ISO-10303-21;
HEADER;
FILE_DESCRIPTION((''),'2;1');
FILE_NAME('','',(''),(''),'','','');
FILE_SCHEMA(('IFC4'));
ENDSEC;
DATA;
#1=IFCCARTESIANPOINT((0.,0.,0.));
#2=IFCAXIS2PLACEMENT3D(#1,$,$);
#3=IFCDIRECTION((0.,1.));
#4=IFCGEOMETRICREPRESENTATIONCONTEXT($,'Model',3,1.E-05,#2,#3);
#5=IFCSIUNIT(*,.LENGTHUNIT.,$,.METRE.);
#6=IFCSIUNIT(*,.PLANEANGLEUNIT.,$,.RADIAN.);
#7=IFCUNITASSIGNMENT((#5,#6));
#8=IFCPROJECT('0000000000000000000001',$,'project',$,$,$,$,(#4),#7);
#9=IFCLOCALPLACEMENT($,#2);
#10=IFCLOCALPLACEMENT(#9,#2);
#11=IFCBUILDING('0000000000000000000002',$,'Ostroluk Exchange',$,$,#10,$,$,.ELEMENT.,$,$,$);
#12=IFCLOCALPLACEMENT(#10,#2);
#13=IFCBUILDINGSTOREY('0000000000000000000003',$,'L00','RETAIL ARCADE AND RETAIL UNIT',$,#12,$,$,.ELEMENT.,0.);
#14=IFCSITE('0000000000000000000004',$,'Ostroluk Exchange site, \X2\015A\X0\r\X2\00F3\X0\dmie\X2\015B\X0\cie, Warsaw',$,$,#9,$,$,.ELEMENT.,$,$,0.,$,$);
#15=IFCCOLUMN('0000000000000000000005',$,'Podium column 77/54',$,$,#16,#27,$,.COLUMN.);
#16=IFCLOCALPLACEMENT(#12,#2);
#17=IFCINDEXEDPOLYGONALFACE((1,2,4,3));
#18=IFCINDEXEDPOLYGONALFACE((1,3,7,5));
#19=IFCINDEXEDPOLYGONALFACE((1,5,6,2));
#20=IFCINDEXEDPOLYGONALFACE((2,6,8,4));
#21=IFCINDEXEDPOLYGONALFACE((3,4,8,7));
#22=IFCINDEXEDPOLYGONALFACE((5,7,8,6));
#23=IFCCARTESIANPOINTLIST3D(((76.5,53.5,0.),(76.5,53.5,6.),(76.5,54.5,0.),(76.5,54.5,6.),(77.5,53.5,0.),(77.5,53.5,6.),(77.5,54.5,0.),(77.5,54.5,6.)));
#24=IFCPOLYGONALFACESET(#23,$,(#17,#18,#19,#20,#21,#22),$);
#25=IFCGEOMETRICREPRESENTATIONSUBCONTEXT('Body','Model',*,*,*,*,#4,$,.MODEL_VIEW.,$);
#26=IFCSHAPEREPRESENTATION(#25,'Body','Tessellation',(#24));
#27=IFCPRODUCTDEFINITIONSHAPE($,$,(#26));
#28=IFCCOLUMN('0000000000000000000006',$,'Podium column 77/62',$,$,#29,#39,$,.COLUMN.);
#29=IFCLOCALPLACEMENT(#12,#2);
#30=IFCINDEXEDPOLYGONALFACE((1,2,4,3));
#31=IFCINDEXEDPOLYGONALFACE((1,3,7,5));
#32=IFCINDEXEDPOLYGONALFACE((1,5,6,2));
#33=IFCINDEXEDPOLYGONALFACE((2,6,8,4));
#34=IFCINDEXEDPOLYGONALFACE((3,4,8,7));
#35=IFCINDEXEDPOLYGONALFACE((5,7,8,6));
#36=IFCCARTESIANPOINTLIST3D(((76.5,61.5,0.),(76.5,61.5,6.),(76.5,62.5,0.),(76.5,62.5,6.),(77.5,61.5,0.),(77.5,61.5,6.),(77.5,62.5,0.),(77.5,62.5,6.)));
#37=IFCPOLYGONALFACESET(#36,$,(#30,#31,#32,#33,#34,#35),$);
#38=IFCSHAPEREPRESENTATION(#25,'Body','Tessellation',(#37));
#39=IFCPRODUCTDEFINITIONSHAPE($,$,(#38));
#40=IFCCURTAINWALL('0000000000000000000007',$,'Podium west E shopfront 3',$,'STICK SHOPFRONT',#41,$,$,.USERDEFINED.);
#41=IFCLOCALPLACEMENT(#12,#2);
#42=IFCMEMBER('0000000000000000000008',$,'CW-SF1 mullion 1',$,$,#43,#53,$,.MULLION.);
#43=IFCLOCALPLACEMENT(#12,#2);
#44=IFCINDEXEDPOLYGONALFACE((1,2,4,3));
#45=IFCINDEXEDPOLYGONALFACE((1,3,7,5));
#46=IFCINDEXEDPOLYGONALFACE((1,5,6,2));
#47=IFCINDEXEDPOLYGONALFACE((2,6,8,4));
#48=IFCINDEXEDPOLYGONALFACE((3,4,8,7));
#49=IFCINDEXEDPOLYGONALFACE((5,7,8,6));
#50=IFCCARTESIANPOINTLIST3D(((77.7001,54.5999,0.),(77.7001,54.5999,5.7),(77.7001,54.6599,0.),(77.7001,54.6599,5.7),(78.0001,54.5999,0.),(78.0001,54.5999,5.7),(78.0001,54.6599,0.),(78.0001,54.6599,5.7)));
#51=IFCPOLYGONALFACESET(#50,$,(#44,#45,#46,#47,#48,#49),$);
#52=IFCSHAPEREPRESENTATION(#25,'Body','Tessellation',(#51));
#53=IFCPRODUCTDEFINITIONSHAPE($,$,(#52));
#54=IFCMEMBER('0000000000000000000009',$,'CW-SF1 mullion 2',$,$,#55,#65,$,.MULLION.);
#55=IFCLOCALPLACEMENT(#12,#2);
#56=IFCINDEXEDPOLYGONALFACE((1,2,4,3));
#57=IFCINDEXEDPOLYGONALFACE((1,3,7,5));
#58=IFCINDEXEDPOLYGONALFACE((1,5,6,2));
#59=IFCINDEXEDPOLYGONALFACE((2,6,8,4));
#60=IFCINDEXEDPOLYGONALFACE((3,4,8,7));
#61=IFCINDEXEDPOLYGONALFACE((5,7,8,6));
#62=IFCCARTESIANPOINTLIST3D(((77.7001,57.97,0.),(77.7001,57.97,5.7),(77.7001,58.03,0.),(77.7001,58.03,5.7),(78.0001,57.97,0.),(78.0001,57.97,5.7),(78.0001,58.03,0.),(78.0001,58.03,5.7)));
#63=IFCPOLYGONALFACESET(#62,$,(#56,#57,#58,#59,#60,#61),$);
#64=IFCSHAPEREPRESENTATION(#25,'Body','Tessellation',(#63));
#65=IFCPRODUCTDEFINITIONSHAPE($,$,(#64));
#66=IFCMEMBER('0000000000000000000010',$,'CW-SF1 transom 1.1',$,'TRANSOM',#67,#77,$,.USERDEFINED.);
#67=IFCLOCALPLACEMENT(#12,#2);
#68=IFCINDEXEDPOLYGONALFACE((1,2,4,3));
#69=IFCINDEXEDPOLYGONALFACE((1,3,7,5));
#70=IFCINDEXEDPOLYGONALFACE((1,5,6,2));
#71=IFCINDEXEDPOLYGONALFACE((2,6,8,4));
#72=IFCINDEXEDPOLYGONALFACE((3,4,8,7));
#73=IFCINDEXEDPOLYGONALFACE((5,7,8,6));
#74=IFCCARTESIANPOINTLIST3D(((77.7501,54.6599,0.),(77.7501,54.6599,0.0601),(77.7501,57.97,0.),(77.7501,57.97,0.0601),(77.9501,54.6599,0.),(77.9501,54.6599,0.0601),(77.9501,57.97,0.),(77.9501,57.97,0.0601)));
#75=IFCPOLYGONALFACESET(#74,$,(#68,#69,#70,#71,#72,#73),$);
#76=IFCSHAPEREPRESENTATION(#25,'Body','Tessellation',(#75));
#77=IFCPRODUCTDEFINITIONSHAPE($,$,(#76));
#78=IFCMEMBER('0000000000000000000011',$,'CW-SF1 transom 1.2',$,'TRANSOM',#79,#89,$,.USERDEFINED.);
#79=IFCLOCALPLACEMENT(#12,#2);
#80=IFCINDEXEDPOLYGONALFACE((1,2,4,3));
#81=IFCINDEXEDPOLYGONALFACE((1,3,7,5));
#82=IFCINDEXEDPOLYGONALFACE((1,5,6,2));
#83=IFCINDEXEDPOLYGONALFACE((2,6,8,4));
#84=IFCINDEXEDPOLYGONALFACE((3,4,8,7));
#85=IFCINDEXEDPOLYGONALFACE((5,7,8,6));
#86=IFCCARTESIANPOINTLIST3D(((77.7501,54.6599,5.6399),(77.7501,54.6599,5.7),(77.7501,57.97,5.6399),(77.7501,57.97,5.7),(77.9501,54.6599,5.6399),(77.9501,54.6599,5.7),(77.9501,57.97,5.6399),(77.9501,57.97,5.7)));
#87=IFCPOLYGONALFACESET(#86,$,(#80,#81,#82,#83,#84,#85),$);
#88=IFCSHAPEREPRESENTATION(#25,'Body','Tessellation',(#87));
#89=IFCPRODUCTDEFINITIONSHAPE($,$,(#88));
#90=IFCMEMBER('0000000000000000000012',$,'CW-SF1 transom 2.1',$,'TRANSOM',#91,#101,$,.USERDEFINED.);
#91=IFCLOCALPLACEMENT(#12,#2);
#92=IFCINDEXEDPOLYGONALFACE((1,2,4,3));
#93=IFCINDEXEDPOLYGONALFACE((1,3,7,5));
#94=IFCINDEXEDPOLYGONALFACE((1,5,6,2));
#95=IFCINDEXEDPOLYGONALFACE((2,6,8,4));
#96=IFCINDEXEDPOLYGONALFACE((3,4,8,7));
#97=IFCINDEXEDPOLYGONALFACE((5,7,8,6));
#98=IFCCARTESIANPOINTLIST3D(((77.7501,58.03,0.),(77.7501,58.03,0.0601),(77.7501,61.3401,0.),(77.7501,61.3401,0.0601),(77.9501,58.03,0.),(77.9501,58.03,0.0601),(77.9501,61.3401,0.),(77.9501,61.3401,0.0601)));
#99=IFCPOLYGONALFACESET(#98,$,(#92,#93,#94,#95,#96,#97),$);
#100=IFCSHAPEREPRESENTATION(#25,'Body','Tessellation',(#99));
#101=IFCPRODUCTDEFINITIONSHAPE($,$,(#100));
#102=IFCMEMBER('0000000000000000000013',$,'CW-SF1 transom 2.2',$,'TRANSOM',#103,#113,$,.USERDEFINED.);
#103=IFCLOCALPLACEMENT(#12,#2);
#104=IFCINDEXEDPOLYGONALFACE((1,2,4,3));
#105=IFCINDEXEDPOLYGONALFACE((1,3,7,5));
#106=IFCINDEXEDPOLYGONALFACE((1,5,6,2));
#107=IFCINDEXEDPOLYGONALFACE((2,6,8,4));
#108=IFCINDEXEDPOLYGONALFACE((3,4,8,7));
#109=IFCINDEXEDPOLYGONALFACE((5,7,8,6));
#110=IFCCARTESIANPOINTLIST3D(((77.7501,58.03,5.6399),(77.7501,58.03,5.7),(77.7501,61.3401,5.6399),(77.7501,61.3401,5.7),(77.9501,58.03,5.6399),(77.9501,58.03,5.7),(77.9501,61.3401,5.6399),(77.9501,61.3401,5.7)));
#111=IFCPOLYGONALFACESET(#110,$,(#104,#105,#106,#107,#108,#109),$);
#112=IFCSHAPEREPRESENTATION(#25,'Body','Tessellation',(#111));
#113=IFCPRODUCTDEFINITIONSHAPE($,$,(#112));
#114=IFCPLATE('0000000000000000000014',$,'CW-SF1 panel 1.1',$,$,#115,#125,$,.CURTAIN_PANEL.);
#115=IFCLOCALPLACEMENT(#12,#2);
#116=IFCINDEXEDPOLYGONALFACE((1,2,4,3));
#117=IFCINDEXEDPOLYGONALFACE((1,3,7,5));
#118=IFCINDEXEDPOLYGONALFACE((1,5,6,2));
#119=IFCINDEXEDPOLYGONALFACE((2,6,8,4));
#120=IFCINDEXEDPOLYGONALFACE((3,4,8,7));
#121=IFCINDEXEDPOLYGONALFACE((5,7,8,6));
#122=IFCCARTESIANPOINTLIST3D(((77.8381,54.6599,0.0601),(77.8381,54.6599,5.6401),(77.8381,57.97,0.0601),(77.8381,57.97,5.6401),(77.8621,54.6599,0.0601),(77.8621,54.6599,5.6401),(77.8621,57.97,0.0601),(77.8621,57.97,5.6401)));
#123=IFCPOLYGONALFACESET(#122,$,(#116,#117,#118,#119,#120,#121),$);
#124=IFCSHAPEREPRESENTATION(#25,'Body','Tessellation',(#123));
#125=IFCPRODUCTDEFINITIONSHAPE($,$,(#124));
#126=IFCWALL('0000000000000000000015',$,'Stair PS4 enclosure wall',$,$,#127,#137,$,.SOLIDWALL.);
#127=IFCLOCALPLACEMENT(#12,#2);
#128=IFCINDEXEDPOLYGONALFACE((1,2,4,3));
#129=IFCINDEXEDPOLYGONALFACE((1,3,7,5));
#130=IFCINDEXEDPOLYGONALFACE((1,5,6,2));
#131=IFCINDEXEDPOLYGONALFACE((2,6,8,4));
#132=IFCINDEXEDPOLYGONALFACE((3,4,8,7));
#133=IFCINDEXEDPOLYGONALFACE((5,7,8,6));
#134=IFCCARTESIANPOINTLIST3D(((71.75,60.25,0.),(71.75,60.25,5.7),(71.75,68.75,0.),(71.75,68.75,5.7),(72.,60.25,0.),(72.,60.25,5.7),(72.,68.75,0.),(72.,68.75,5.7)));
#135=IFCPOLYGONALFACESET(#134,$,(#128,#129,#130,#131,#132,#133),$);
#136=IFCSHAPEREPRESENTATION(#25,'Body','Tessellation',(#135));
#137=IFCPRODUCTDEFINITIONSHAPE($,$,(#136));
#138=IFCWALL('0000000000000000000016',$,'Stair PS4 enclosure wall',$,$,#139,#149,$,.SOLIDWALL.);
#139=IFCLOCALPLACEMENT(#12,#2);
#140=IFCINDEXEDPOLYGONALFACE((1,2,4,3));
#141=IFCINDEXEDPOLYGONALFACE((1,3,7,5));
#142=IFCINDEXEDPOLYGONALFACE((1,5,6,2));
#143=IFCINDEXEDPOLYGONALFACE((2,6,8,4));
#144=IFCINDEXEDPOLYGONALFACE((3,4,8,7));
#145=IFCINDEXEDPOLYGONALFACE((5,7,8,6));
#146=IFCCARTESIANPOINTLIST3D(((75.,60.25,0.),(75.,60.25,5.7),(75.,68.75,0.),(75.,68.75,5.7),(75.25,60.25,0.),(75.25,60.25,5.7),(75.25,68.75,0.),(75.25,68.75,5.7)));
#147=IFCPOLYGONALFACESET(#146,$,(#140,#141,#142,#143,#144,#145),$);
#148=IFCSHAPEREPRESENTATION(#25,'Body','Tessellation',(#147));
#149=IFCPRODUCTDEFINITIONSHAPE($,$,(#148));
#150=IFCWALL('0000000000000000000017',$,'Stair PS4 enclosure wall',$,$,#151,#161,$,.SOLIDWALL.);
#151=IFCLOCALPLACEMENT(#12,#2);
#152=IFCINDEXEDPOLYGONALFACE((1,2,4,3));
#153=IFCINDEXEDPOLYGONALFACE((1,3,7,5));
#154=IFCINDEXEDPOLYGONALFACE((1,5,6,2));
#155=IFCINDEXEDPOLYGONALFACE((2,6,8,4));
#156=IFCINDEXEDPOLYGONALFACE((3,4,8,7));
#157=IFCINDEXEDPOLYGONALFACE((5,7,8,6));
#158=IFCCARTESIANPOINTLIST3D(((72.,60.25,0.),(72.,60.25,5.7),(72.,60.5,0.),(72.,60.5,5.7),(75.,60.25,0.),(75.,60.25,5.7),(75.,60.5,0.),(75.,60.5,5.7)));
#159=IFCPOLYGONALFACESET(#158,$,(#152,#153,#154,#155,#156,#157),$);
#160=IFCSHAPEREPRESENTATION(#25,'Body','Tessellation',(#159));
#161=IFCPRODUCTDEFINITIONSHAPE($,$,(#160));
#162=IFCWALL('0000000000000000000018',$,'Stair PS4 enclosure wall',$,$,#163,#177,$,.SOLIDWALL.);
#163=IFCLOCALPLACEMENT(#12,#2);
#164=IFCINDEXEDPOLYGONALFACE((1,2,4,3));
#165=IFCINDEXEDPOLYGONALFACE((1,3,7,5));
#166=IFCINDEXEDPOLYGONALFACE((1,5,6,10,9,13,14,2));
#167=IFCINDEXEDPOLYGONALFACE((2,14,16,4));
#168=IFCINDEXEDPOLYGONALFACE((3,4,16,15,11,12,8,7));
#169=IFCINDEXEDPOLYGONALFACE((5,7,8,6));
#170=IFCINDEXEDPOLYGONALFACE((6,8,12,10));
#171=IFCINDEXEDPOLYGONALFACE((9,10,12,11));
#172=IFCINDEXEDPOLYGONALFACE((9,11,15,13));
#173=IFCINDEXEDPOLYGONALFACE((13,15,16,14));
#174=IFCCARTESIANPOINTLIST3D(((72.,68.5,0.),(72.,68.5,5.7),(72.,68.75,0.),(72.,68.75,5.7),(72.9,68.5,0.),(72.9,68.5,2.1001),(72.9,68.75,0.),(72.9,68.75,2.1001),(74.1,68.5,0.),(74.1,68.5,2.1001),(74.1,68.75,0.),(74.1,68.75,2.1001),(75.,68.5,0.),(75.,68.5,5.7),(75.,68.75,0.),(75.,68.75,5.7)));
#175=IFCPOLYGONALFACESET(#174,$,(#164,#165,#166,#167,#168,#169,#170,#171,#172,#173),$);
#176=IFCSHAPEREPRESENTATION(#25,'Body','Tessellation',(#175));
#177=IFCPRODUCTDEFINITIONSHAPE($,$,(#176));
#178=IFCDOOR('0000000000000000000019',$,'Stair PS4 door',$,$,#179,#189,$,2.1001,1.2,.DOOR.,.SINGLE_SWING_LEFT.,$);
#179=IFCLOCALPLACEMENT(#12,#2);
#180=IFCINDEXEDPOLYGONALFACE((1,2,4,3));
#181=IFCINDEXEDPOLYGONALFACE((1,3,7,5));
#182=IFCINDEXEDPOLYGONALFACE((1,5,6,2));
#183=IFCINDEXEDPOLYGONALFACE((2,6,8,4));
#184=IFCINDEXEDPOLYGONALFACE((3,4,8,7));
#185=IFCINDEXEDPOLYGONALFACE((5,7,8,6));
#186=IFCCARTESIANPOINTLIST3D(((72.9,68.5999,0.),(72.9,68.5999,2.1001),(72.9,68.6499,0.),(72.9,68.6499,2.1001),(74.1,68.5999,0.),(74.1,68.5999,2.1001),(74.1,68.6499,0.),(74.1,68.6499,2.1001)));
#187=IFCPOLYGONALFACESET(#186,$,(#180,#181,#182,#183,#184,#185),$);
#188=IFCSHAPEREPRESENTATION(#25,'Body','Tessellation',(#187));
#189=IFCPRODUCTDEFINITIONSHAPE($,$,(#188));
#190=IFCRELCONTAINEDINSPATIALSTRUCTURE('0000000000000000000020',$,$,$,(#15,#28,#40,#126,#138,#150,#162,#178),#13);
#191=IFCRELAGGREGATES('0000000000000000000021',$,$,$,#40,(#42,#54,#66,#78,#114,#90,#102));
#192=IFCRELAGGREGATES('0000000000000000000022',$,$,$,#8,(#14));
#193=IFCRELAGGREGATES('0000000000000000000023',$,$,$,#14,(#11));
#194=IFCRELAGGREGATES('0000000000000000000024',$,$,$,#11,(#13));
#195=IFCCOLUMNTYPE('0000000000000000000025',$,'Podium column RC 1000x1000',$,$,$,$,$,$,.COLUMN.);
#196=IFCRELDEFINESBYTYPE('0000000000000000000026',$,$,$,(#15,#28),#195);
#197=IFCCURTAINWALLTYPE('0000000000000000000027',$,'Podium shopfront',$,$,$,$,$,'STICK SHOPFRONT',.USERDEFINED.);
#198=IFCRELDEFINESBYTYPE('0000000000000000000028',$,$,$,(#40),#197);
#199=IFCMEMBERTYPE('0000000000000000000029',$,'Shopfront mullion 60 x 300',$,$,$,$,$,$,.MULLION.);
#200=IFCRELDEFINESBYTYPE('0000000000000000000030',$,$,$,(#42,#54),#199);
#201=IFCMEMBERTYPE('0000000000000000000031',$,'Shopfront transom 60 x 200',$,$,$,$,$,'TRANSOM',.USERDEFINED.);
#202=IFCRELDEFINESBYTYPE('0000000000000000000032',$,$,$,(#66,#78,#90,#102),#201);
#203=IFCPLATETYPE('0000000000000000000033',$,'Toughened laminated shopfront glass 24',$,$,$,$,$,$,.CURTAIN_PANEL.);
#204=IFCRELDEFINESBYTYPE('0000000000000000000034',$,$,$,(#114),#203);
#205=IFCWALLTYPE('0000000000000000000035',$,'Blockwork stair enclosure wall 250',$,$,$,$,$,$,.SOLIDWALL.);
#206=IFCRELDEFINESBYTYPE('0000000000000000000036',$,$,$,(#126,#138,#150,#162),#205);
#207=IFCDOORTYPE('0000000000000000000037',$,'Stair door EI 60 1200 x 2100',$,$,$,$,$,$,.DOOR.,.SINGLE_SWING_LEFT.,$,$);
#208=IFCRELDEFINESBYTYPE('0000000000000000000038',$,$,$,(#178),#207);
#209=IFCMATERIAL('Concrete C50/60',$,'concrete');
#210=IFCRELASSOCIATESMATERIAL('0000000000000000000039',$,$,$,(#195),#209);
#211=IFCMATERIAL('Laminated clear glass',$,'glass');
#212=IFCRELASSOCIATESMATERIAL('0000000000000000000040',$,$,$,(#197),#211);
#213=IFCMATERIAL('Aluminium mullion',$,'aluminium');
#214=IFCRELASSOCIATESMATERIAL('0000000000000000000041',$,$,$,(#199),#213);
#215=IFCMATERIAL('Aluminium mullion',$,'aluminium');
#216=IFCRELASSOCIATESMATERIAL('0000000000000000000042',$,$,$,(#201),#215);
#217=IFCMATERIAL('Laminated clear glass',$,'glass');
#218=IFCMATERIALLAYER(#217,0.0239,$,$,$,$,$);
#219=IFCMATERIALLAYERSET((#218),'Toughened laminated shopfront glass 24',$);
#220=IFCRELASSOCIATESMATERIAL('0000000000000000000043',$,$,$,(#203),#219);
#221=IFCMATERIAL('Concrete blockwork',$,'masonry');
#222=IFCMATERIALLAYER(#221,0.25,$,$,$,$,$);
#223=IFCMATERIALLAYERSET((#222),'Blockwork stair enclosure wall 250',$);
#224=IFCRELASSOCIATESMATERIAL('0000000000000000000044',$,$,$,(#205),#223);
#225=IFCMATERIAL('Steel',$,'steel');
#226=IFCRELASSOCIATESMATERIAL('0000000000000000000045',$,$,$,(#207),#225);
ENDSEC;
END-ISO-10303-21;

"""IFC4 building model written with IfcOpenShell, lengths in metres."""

from ifc_helpers import new_model, si_unit, direction, frame, frame_2d, origin, origin_2d, place, context, subcontext, project, spatial, rectangle, extrude, material, layer, layer_set, material_profile, profile_set, type_object, element, fill, aggregate, save


model = new_model("IFC4")

# Units and contexts
model_context = context("Model", 3, precision=1e-05, world=origin(), true_north=direction((0.0, 1.0)))
body_context = subcontext(model_context, "Body", "Model", "MODEL_VIEW")
ifc_project = project(units=[si_unit("LENGTHUNIT", "METRE"), si_unit("PLANEANGLEUNIT", "RADIAN")], contexts=[model_context])

# Site, building, storey
site_placement = place(None, origin())
site = spatial("IfcSite", under=ifc_project, at=site_placement, Name="Ostroluk Exchange site, Śródmieście, Warsaw", CompositionType="ELEMENT", RefElevation=0.0)
building_placement = place(site_placement, origin())
building = spatial("IfcBuilding", under=site, at=building_placement, Name="Ostroluk Exchange", CompositionType="ELEMENT")
storey_placement = place(building_placement, origin())
storey = spatial("IfcBuildingStorey", under=building, at=storey_placement, Name="L00", Description="RETAIL ARCADE AND RETAIL UNIT", CompositionType="ELEMENT", Elevation=0.0)

# Columns
ifc_material_1 = material(Name="Concrete C50/60", Category="concrete")
ifc_material_profile_1 = material_profile(ifc_material_1, rectangle(XDim=1.0, YDim=1.0, at=origin_2d()), Name="RC 1000x1000")
ifc_profile_set_1 = profile_set([ifc_material_profile_1], Name="Concrete C50/60")
column_type = type_object("IfcColumnType", Name="Podium column RC 1000x1000", PredefinedType="COLUMN", material=ifc_profile_set_1)
for number, where, z_axis, x_axis, name in (
    (1, (77.0, 54.0, 0.0), (0.0, 0.0, 1.0), (1.0, 0.0, 0.0), "Podium column 77/54"),
    (2, (77.0, 62.0, 0.0), (0.0, 0.0, 1.0), (1.0, 0.0, 0.0), "Podium column 77/62"),
):
    element("IfcColumn", number, at=place(storey_placement, frame(where, z_axis=z_axis, x_axis=x_axis)), inside=storey, type_object=column_type, Name=name, PredefinedType="COLUMN", context=body_context, shape_type="SweptSolid", body=[
        extrude(rectangle(XDim=1.0, YDim=1.0, at=origin_2d()), origin(), (0.0, 0.0, 1.0), 6.0),
    ])

# Curtain wall, members, plate
ifc_material_2 = material(Name="Laminated clear glass", Category="glass")
curtain_wall_type = type_object("IfcCurtainWallType", Name="Podium shopfront", ElementType="STICK SHOPFRONT", PredefinedType="USERDEFINED", material=ifc_material_2)
curtain_wall_placement = place(storey_placement, origin())
curtain_wall = element("IfcCurtainWall", 3, at=curtain_wall_placement, inside=storey, type_object=curtain_wall_type, Name="Podium west E shopfront 3", ObjectType="STICK SHOPFRONT", PredefinedType="USERDEFINED")
ifc_material_3 = material(Name="Aluminium mullion", Category="aluminium")
ifc_material_profile_2 = material_profile(ifc_material_3, rectangle(XDim=0.3, YDim=0.0601, at=origin_2d()), Name="Shopfront mullion 60 x 300")
ifc_profile_set_2 = profile_set([ifc_material_profile_2], Name="Aluminium mullion")
member_type_1 = type_object("IfcMemberType", Name="Shopfront mullion 60 x 300", PredefinedType="MULLION", material=ifc_profile_set_2)
member_1_placement = place(storey_placement, frame((77.8501, 54.6299, 0.0), z_axis=(0.0, 0.0, 1.0), x_axis=(-1.0, 0.0, 0.0)))
member_1 = element("IfcMember", 4, at=member_1_placement, type_object=member_type_1, Name="CW-SF1 mullion 1", PredefinedType="MULLION", context=body_context, shape_type="SweptSolid", body=[
    extrude(rectangle(XDim=0.3, YDim=0.0601, at=origin_2d()), origin(), (0.0, 0.0, 1.0), 5.7),
])
member_2_placement = place(storey_placement, frame((77.8501, 58.0, 0.0), z_axis=(0.0, 0.0, 1.0), x_axis=(-1.0, 0.0, 0.0)))
member_2 = element("IfcMember", 5, at=member_2_placement, type_object=member_type_1, Name="CW-SF1 mullion 2", PredefinedType="MULLION", context=body_context, shape_type="SweptSolid", body=[
    extrude(rectangle(XDim=0.3, YDim=0.0601, at=origin_2d()), origin(), (0.0, 0.0, 1.0), 5.7),
])
ifc_material_4 = material(Name="Aluminium mullion", Category="aluminium")
ifc_material_profile_3 = material_profile(ifc_material_4, rectangle(XDim=0.2, YDim=0.0601, at=origin_2d()), Name="Shopfront transom 60 x 200")
ifc_profile_set_3 = profile_set([ifc_material_profile_3], Name="Aluminium mullion")
member_type_2 = type_object("IfcMemberType", Name="Shopfront transom 60 x 200", ElementType="TRANSOM", PredefinedType="USERDEFINED", material=ifc_profile_set_3)
member_3_placement = place(storey_placement, frame((77.8501, 54.6599, 0.03), z_axis=(0.0, 1.0, 0.0), x_axis=(-1.0, 0.0, 0.0)))
member_3 = element("IfcMember", 6, at=member_3_placement, type_object=member_type_2, Name="CW-SF1 transom 1.1", ObjectType="TRANSOM", PredefinedType="USERDEFINED", context=body_context, shape_type="SweptSolid", body=[
    extrude(rectangle(XDim=0.2, YDim=0.0601, at=origin_2d()), origin(), (0.0, 0.0, 1.0), 3.3101),
])
member_4_placement = place(storey_placement, frame((77.8501, 54.6599, 5.6699), z_axis=(0.0, 1.0, 0.0), x_axis=(-1.0, 0.0, 0.0)))
member_4 = element("IfcMember", 7, at=member_4_placement, type_object=member_type_2, Name="CW-SF1 transom 1.2", ObjectType="TRANSOM", PredefinedType="USERDEFINED", context=body_context, shape_type="SweptSolid", body=[
    extrude(rectangle(XDim=0.2, YDim=0.0601, at=origin_2d()), origin(), (0.0, 0.0, 1.0), 3.3101),
])
member_5_placement = place(storey_placement, frame((77.8501, 58.03, 0.03), z_axis=(0.0, 1.0, 0.0), x_axis=(-1.0, 0.0, 0.0)))
member_5 = element("IfcMember", 8, at=member_5_placement, type_object=member_type_2, Name="CW-SF1 transom 2.1", ObjectType="TRANSOM", PredefinedType="USERDEFINED", context=body_context, shape_type="SweptSolid", body=[
    extrude(rectangle(XDim=0.2, YDim=0.0601, at=origin_2d()), origin(), (0.0, 0.0, 1.0), 3.3101),
])
member_6_placement = place(storey_placement, frame((77.8501, 58.03, 5.6699), z_axis=(0.0, 1.0, 0.0), x_axis=(-1.0, 0.0, 0.0)))
member_6 = element("IfcMember", 9, at=member_6_placement, type_object=member_type_2, Name="CW-SF1 transom 2.2", ObjectType="TRANSOM", PredefinedType="USERDEFINED", context=body_context, shape_type="SweptSolid", body=[
    extrude(rectangle(XDim=0.2, YDim=0.0601, at=origin_2d()), origin(), (0.0, 0.0, 1.0), 3.3101),
])
ifc_material_5 = material(Name="Laminated clear glass", Category="glass")
ifc_layer_1 = layer(ifc_material_5, 0.0239)
ifc_layer_set_1 = layer_set([ifc_layer_1], Name="Toughened laminated shopfront glass 24")
plate_type = type_object("IfcPlateType", Name="Toughened laminated shopfront glass 24", PredefinedType="CURTAIN_PANEL", material=ifc_layer_set_1)
plate_placement = place(storey_placement, frame((77.8501, 56.3149, 0.0601), z_axis=(0.0, 0.0, 1.0), x_axis=(0.0, 1.0, 0.0)))
plate = element("IfcPlate", 10, at=plate_placement, type_object=plate_type, Name="CW-SF1 panel 1.1", PredefinedType="CURTAIN_PANEL", context=body_context, shape_type="SweptSolid", body=[
    extrude(rectangle(XDim=3.3101, YDim=0.0239, at=origin_2d()), origin(), (0.0, 0.0, 1.0), 5.5801),
])
aggregate(curtain_wall, [member_1, member_2, member_3, member_4, plate, member_5, member_6])

# Walls
ifc_material_6 = material(Name="Concrete blockwork", Category="masonry")
ifc_layer_2 = layer(ifc_material_6, 0.25)
ifc_layer_set_2 = layer_set([ifc_layer_2], Name="Blockwork stair enclosure wall 250")
wall_type = type_object("IfcWallType", Name="Blockwork stair enclosure wall 250", PredefinedType="SOLIDWALL", material=ifc_layer_set_2)
for number, where, z_axis, x_axis, name in (
    (11, (71.875, 60.25, 0.0), (0.0, 0.0, 1.0), (0.0, 1.0, 0.0), "Stair PS4 enclosure wall"),
    (12, (75.125, 60.25, 0.0), (0.0, 0.0, 1.0), (0.0, 1.0, 0.0), "Stair PS4 enclosure wall"),
):
    element("IfcWall", number, at=place(storey_placement, frame(where, z_axis=z_axis, x_axis=x_axis)), inside=storey, type_object=wall_type, Name=name, PredefinedType="SOLIDWALL", context=body_context, shape_type="SweptSolid", body=[
        extrude(rectangle(XDim=8.5, YDim=0.25, at=frame_2d((4.25, 0.0))), origin(), (0.0, 0.0, 1.0), 5.7),
    ])
wall_1_placement = place(storey_placement, frame((72.0, 60.375, 0.0), z_axis=(0.0, 0.0, 1.0), x_axis=(1.0, 0.0, 0.0)))
element("IfcWall", 13, at=wall_1_placement, inside=storey, type_object=wall_type, Name="Stair PS4 enclosure wall", PredefinedType="SOLIDWALL", context=body_context, shape_type="SweptSolid", body=[
    extrude(rectangle(XDim=3.0, YDim=0.25, at=frame_2d((1.5, 0.0))), origin(), (0.0, 0.0, 1.0), 5.7),
])

# Wall, opening, door
wall_2_placement = place(storey_placement, frame((72.0, 68.625, 0.0), z_axis=(0.0, 0.0, 1.0), x_axis=(1.0, 0.0, 0.0)))
wall_2 = element("IfcWall", 14, at=wall_2_placement, inside=storey, type_object=wall_type, Name="Stair PS4 enclosure wall", PredefinedType="SOLIDWALL", context=body_context, shape_type="SweptSolid", body=[
    extrude(rectangle(XDim=3.0, YDim=0.25, at=frame_2d((1.5, 0.0))), origin(), (0.0, 0.0, 1.0), 5.7),
])
opening_placement = place(wall_2_placement, frame((0.8999, 0.0, 0.0)))
opening = element("IfcOpeningElement", 15, at=opening_placement, cuts=wall_2, PredefinedType="OPENING", context=body_context, shape_type="SweptSolid", body=[
    extrude(rectangle(XDim=1.2, YDim=2.1001, at=frame_2d((0.6001, 1.05))), frame((0.0, 0.135, 0.0), z_axis=(0.0, -1.0, 0.0), x_axis=(1.0, 0.0, 0.0)), (0.0, 0.0, 1.0), 0.27),
])
ifc_material_7 = material(Name="Steel", Category="steel")
door_type = type_object("IfcDoorType", Name="Stair door EI 60 1200 x 2100", OperationType="SINGLE_SWING_LEFT", PredefinedType="DOOR", material=ifc_material_7)
door_placement = place(opening_placement, origin())
door = element("IfcDoor", 16, at=door_placement, inside=storey, type_object=door_type, Name="Stair PS4 door", OperationType="SINGLE_SWING_LEFT", OverallHeight=2.1001, OverallWidth=1.2, PredefinedType="DOOR", context=body_context, shape_type="SweptSolid", body=[
    extrude(rectangle(XDim=1.2, YDim=2.1001, at=frame_2d((0.6001, 1.05))), frame((0.0, 0.0249, 0.0), z_axis=(0.0, -1.0, 0.0), x_axis=(1.0, 0.0, 0.0)), (0.0, 0.0, 1.0), 0.05),
])
fill(opening, door)

save(model, "model.ifc")
